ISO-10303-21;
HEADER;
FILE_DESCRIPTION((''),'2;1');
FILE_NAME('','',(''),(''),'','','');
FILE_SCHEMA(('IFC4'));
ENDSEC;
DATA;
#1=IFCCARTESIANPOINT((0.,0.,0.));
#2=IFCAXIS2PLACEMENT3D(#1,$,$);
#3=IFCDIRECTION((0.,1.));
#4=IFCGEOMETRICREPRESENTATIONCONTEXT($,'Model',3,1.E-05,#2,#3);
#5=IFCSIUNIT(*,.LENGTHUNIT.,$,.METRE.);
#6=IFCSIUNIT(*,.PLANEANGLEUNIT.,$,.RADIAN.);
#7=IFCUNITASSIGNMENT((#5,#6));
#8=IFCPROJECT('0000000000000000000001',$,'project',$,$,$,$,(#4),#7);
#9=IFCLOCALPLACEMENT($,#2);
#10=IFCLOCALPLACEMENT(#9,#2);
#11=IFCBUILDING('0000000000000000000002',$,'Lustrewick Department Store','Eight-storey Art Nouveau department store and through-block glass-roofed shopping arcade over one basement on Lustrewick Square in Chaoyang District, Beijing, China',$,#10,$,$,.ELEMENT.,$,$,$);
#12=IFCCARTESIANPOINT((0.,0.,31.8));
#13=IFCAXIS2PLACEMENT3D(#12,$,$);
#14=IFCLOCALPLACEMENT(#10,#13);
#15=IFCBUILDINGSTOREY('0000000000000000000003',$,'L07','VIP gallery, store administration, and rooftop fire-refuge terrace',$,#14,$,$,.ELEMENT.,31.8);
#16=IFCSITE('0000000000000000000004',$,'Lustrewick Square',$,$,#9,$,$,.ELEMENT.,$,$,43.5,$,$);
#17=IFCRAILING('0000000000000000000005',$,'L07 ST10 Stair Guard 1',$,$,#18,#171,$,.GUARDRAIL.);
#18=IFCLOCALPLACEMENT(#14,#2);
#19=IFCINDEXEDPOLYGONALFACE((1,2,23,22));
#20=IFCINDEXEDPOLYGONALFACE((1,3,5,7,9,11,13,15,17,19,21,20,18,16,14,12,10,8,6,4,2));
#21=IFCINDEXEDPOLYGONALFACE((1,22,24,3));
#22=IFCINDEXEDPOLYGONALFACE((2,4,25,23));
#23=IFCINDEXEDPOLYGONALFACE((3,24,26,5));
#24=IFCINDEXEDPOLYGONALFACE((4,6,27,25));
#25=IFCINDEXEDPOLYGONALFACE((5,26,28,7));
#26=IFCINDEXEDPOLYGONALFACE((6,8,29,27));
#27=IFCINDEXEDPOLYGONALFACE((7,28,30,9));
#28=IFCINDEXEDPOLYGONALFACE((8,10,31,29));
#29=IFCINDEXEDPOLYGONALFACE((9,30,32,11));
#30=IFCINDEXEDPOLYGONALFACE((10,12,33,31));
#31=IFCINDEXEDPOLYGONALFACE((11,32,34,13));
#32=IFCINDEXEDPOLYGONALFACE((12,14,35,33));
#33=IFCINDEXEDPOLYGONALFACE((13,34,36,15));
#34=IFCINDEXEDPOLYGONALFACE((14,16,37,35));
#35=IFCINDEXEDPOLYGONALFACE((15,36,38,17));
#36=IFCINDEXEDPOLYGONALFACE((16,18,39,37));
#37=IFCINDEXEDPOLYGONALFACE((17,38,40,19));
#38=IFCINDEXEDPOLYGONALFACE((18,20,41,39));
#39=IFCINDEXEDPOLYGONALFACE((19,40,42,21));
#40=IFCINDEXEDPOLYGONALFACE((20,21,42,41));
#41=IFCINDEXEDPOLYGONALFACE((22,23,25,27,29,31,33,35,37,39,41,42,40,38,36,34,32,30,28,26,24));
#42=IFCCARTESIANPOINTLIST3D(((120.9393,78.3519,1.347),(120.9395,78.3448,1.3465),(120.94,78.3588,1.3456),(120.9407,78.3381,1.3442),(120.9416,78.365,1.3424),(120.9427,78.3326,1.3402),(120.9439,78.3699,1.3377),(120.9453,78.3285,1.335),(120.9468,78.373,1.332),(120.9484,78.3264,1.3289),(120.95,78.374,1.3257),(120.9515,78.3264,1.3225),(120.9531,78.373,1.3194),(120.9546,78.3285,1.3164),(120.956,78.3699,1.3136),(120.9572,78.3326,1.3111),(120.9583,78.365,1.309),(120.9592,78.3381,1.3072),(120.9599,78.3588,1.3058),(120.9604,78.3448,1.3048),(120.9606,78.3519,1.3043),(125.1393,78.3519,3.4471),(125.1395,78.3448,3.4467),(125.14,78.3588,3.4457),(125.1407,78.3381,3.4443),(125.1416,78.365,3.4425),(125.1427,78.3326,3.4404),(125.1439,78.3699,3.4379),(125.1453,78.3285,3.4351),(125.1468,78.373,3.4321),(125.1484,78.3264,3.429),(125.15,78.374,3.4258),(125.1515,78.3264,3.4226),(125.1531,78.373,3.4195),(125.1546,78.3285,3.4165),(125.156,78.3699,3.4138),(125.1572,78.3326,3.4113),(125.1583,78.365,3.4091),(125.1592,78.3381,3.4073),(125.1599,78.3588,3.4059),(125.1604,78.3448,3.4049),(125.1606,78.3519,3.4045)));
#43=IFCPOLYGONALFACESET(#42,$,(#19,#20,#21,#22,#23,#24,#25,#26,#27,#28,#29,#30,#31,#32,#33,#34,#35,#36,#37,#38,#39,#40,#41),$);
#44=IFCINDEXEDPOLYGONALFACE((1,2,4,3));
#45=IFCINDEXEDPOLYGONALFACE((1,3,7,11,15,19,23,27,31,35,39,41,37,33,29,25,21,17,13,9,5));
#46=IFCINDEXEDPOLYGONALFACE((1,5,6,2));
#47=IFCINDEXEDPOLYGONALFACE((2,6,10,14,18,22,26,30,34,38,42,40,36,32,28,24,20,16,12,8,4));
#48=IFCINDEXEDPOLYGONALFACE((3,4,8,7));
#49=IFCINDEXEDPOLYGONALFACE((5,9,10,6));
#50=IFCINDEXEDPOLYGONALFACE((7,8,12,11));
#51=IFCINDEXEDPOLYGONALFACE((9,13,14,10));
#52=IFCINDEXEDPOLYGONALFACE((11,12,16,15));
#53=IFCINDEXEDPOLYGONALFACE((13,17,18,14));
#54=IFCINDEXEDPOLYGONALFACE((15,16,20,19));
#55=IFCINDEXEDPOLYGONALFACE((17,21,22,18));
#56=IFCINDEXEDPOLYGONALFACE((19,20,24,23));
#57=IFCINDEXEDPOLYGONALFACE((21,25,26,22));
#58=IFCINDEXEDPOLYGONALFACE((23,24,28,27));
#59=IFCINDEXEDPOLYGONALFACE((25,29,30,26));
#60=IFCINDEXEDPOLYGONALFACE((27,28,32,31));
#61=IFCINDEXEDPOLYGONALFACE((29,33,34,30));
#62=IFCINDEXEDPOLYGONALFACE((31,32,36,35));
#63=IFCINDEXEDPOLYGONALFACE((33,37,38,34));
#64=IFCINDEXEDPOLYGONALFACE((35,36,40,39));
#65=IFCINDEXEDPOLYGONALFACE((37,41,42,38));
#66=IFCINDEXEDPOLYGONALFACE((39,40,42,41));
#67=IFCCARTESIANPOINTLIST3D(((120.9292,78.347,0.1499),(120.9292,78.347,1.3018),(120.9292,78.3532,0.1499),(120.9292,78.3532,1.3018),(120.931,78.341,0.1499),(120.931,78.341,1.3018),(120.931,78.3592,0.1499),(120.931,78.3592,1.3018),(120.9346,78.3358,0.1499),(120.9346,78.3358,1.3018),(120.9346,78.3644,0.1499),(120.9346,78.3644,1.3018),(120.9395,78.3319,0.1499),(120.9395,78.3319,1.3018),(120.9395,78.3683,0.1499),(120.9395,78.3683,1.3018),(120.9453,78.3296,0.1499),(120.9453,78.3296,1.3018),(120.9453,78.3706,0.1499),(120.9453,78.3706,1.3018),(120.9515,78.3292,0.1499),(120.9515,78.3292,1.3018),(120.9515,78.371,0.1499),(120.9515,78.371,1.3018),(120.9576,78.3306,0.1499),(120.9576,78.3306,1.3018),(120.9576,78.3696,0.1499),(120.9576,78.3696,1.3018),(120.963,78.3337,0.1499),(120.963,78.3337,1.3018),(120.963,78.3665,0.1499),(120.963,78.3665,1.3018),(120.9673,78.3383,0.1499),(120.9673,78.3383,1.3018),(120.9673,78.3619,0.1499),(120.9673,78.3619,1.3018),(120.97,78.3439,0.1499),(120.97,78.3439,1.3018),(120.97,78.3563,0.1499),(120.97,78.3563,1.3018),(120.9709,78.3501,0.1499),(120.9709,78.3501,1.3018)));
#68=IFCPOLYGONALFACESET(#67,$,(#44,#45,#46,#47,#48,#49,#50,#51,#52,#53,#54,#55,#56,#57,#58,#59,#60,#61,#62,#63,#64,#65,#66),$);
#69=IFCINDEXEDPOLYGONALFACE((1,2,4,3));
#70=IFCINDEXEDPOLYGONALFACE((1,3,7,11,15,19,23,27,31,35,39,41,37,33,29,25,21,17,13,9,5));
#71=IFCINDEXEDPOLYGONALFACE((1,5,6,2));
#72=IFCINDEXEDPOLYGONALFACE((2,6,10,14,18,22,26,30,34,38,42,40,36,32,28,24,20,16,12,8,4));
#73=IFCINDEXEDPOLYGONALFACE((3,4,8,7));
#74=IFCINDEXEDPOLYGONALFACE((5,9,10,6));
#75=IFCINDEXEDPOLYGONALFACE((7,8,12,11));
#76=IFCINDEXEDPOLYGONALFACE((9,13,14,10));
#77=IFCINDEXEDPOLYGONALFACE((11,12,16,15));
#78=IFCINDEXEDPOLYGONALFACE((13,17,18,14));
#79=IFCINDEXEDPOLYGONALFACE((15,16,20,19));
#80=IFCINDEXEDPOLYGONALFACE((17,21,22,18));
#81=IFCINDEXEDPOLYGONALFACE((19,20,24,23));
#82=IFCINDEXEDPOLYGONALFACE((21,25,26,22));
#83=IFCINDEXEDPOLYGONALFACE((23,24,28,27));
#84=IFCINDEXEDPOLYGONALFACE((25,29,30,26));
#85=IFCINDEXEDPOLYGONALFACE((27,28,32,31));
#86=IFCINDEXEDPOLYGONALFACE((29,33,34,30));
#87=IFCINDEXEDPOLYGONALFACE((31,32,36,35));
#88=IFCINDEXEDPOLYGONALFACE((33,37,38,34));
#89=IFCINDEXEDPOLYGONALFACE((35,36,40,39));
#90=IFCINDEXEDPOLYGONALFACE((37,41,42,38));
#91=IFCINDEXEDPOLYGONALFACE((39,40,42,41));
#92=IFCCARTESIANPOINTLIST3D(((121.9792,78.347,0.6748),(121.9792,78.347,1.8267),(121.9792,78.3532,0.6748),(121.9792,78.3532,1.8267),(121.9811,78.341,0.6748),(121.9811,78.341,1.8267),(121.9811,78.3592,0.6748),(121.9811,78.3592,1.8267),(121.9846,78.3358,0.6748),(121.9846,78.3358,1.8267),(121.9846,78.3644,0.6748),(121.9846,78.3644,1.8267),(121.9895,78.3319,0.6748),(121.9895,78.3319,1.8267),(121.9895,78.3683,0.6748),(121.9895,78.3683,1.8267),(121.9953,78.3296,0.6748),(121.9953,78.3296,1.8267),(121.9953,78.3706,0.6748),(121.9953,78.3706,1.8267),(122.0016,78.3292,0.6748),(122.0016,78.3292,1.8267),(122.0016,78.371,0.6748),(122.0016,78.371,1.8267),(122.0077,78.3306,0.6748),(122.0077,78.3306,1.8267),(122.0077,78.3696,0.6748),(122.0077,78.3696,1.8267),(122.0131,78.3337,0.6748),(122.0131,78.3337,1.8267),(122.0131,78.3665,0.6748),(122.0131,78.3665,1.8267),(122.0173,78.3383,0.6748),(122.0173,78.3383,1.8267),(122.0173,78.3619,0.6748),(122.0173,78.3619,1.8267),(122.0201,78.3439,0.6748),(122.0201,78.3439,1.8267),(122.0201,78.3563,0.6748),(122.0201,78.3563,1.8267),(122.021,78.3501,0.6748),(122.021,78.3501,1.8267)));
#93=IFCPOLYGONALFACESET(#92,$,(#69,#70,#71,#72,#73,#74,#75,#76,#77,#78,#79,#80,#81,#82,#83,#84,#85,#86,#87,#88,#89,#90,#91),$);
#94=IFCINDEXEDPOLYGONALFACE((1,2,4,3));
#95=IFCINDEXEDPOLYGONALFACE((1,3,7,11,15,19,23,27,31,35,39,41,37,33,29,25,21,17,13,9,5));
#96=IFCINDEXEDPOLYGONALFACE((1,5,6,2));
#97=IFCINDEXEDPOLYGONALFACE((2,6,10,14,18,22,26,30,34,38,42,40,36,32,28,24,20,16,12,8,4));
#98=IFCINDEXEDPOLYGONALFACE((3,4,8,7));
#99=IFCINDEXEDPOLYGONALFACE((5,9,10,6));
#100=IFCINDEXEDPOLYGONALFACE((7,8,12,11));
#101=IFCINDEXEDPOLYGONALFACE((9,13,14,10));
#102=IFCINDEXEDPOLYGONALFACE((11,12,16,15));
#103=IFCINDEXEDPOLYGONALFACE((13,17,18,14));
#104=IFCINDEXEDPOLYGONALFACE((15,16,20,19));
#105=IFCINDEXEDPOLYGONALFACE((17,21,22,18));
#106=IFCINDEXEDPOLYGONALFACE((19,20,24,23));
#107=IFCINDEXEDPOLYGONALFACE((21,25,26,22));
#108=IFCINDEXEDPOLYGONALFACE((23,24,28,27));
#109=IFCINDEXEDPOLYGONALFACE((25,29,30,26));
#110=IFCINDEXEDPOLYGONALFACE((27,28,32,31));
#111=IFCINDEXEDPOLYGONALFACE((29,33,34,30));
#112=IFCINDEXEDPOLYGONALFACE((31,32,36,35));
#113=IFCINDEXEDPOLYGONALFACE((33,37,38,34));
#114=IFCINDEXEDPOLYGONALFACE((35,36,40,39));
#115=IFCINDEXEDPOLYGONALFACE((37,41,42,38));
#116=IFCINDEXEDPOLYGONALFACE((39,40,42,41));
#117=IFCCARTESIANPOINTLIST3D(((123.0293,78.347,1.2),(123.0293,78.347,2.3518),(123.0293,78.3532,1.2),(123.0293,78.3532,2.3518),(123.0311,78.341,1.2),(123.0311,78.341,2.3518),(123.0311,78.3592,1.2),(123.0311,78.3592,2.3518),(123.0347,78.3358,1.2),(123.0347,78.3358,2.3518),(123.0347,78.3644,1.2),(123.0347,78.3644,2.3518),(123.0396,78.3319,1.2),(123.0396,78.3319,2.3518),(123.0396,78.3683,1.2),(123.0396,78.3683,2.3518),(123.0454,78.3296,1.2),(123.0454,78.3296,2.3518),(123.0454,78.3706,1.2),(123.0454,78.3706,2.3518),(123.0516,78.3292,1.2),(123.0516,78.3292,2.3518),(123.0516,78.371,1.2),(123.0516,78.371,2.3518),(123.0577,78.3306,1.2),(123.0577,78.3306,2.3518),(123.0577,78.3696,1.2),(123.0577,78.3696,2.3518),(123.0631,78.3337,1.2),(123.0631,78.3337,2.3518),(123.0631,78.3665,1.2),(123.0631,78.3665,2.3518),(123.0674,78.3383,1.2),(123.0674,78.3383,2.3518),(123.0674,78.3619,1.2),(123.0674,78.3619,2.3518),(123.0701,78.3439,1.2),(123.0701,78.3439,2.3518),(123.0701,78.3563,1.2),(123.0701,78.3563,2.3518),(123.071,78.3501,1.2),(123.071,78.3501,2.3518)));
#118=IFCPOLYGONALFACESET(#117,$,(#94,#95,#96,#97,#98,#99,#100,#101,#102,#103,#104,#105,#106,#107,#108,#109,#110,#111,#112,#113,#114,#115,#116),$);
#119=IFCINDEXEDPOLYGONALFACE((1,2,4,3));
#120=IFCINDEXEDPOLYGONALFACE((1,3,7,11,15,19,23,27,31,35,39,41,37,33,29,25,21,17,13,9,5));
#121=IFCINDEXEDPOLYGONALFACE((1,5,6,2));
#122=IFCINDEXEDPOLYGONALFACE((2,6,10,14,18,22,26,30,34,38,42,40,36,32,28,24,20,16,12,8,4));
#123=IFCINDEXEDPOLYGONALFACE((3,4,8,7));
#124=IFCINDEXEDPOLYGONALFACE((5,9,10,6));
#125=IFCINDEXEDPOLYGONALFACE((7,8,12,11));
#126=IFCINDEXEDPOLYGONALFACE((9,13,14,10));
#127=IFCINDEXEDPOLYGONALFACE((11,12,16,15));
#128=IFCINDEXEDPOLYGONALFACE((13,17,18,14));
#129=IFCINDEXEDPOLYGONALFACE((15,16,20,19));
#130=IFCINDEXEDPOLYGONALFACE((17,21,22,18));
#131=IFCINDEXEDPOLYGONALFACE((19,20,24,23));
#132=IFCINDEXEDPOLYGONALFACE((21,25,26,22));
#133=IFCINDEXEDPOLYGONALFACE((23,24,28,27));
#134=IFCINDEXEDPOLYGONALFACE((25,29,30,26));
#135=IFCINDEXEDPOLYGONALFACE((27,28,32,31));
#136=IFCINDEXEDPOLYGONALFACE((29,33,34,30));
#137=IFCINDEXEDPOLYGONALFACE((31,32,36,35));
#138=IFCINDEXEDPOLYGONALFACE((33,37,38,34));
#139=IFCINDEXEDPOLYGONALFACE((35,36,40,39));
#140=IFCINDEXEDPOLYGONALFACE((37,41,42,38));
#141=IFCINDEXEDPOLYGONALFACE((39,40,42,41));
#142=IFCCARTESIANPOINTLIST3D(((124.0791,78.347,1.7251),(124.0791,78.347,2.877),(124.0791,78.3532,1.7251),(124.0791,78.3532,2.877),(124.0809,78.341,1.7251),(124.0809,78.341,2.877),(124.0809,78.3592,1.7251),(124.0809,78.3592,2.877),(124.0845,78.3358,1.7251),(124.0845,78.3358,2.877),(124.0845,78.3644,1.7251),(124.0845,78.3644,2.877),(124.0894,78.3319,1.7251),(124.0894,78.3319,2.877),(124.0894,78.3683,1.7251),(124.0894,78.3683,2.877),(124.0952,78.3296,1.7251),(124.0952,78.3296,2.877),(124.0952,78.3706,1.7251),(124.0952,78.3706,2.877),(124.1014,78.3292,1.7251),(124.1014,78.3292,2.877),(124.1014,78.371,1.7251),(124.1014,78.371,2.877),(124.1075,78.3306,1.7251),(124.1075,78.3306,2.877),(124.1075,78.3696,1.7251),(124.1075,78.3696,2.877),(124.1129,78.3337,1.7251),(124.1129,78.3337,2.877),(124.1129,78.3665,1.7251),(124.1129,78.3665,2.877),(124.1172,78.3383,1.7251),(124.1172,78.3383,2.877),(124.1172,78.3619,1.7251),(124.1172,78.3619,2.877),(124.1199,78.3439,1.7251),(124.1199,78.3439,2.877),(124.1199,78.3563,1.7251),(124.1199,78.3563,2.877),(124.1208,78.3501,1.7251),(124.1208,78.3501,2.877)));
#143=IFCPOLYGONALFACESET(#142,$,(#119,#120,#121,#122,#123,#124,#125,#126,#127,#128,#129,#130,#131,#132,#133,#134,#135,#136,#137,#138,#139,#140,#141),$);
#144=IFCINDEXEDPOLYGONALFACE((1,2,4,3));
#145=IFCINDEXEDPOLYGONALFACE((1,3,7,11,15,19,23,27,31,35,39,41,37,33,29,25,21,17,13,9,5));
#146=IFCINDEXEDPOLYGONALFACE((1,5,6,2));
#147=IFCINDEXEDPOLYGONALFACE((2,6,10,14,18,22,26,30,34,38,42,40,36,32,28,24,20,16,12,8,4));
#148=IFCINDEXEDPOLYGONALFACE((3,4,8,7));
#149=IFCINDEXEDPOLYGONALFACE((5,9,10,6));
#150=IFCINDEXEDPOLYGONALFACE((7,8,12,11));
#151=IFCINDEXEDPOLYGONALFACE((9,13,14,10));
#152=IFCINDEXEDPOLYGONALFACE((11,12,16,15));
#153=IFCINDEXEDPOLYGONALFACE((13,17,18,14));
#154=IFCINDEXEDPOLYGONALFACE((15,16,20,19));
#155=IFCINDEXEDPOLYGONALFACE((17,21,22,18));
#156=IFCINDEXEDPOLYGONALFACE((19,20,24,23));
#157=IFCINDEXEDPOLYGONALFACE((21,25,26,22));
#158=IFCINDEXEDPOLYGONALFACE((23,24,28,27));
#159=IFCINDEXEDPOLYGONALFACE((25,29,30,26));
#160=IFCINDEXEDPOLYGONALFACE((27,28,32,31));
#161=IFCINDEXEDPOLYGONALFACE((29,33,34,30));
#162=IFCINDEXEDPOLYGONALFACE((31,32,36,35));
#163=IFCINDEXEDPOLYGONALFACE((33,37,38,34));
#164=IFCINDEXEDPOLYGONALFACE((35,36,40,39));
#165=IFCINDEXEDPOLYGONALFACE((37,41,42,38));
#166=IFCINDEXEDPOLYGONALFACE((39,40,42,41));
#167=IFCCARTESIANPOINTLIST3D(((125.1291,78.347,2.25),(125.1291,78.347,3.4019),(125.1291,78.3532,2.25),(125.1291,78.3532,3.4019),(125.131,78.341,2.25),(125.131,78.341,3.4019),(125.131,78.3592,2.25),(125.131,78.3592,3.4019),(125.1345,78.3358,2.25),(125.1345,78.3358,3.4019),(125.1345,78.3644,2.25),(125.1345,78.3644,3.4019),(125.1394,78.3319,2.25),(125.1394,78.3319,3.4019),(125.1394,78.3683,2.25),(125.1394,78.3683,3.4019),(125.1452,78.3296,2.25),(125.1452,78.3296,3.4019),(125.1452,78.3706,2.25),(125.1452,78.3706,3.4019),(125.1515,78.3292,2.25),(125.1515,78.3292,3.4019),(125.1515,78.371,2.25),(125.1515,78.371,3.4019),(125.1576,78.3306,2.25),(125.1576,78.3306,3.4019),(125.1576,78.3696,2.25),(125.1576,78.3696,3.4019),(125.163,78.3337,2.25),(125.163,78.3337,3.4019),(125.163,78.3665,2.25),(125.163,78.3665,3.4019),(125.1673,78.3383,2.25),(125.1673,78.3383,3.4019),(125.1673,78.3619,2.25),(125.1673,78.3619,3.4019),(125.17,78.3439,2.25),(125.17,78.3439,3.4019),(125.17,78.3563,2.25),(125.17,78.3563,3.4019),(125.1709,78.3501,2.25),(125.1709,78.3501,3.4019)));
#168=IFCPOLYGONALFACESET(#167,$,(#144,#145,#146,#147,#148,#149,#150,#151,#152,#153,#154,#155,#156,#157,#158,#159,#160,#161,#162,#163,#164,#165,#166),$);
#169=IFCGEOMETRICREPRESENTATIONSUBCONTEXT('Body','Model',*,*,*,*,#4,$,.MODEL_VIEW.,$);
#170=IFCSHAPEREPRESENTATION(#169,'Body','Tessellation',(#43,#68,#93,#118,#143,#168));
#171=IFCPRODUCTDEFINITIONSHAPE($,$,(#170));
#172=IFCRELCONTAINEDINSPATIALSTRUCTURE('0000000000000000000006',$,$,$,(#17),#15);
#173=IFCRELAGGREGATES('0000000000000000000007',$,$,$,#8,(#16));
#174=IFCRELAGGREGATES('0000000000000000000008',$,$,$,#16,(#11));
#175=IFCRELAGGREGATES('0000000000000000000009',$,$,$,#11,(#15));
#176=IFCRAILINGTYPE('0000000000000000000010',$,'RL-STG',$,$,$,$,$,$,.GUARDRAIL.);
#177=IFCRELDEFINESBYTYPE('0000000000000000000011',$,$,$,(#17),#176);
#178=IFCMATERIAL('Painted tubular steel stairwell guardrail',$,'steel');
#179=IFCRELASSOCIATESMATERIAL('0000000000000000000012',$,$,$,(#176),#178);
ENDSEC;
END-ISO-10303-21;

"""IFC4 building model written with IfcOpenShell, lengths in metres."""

from ifc_helpers import new_model, si_unit, direction, frame, origin, origin_2d, place, context, subcontext, project, spatial, circle, extrude, material, type_object, element, save


model = new_model("IFC4")

# Units and contexts
model_context = context("Model", 3, precision=1e-05, world=origin(), true_north=direction((0.0, 1.0)))
body_context = subcontext(model_context, "Body", "Model", "MODEL_VIEW")
ifc_project = project(units=[si_unit("LENGTHUNIT", "METRE"), si_unit("PLANEANGLEUNIT", "RADIAN")], contexts=[model_context])

# Site, building, storey
site_placement = place(None, origin())
site = spatial("IfcSite", under=ifc_project, at=site_placement, Name="Lustrewick Square", CompositionType="ELEMENT", RefElevation=43.5)
building_placement = place(site_placement, origin())
building = spatial("IfcBuilding", under=site, at=building_placement, Name="Lustrewick Department Store", Description="Eight-storey Art Nouveau department store and through-block glass-roofed shopping arcade over one basement on Lustrewick Square in Chaoyang District, Beijing, China", CompositionType="ELEMENT")
storey_placement = place(building_placement, frame((0.0, 0.0, 31.8)))
storey = spatial("IfcBuildingStorey", under=building, at=storey_placement, Name="L07", Description="VIP gallery, store administration, and rooftop fire-refuge terrace", CompositionType="ELEMENT", Elevation=31.8)

# Railing
ifc_material_1 = material(Name="Painted tubular steel stairwell guardrail", Category="steel")
railing_type_1 = type_object("IfcRailingType", Name="RL-STG", PredefinedType="GUARDRAIL", material=ifc_material_1)
railing_1_placement = place(storey_placement, frame((120.95, 78.3501, 0.1499)))
element("IfcRailing", 1, at=railing_1_placement, inside=storey, type_object=railing_type_1, Name="L07 ST10 Stair Guard 1", PredefinedType="GUARDRAIL", context=body_context, shape_type="SweptSolid", body=[
    extrude(circle(Radius=0.0239, at=origin_2d()), frame((0.0, 0.0, 1.1758), z_axis=(0.894417, 0.0, 0.447234), x_axis=(0.0, 1.0, 0.0)), (0.0, 0.0, 1.0), 4.6958),
    extrude(circle(Radius=0.021, at=origin_2d()), origin(), (0.0, 0.0, 1.0), 1.1519),
    extrude(circle(Radius=0.021, at=origin_2d()), frame((1.05, 0.0, 0.5249)), (0.0, 0.0, 1.0), 1.1519),
    extrude(circle(Radius=0.021, at=origin_2d()), frame((2.1001, 0.0, 1.05)), (0.0, 0.0, 1.0), 1.1519),
    extrude(circle(Radius=0.021, at=origin_2d()), frame((3.1499, 0.0, 1.5752)), (0.0, 0.0, 1.0), 1.1519),
    extrude(circle(Radius=0.021, at=origin_2d()), frame((4.2, 0.0, 2.1001)), (0.0, 0.0, 1.0), 1.1519),
])

save(model, "model.ifc")
